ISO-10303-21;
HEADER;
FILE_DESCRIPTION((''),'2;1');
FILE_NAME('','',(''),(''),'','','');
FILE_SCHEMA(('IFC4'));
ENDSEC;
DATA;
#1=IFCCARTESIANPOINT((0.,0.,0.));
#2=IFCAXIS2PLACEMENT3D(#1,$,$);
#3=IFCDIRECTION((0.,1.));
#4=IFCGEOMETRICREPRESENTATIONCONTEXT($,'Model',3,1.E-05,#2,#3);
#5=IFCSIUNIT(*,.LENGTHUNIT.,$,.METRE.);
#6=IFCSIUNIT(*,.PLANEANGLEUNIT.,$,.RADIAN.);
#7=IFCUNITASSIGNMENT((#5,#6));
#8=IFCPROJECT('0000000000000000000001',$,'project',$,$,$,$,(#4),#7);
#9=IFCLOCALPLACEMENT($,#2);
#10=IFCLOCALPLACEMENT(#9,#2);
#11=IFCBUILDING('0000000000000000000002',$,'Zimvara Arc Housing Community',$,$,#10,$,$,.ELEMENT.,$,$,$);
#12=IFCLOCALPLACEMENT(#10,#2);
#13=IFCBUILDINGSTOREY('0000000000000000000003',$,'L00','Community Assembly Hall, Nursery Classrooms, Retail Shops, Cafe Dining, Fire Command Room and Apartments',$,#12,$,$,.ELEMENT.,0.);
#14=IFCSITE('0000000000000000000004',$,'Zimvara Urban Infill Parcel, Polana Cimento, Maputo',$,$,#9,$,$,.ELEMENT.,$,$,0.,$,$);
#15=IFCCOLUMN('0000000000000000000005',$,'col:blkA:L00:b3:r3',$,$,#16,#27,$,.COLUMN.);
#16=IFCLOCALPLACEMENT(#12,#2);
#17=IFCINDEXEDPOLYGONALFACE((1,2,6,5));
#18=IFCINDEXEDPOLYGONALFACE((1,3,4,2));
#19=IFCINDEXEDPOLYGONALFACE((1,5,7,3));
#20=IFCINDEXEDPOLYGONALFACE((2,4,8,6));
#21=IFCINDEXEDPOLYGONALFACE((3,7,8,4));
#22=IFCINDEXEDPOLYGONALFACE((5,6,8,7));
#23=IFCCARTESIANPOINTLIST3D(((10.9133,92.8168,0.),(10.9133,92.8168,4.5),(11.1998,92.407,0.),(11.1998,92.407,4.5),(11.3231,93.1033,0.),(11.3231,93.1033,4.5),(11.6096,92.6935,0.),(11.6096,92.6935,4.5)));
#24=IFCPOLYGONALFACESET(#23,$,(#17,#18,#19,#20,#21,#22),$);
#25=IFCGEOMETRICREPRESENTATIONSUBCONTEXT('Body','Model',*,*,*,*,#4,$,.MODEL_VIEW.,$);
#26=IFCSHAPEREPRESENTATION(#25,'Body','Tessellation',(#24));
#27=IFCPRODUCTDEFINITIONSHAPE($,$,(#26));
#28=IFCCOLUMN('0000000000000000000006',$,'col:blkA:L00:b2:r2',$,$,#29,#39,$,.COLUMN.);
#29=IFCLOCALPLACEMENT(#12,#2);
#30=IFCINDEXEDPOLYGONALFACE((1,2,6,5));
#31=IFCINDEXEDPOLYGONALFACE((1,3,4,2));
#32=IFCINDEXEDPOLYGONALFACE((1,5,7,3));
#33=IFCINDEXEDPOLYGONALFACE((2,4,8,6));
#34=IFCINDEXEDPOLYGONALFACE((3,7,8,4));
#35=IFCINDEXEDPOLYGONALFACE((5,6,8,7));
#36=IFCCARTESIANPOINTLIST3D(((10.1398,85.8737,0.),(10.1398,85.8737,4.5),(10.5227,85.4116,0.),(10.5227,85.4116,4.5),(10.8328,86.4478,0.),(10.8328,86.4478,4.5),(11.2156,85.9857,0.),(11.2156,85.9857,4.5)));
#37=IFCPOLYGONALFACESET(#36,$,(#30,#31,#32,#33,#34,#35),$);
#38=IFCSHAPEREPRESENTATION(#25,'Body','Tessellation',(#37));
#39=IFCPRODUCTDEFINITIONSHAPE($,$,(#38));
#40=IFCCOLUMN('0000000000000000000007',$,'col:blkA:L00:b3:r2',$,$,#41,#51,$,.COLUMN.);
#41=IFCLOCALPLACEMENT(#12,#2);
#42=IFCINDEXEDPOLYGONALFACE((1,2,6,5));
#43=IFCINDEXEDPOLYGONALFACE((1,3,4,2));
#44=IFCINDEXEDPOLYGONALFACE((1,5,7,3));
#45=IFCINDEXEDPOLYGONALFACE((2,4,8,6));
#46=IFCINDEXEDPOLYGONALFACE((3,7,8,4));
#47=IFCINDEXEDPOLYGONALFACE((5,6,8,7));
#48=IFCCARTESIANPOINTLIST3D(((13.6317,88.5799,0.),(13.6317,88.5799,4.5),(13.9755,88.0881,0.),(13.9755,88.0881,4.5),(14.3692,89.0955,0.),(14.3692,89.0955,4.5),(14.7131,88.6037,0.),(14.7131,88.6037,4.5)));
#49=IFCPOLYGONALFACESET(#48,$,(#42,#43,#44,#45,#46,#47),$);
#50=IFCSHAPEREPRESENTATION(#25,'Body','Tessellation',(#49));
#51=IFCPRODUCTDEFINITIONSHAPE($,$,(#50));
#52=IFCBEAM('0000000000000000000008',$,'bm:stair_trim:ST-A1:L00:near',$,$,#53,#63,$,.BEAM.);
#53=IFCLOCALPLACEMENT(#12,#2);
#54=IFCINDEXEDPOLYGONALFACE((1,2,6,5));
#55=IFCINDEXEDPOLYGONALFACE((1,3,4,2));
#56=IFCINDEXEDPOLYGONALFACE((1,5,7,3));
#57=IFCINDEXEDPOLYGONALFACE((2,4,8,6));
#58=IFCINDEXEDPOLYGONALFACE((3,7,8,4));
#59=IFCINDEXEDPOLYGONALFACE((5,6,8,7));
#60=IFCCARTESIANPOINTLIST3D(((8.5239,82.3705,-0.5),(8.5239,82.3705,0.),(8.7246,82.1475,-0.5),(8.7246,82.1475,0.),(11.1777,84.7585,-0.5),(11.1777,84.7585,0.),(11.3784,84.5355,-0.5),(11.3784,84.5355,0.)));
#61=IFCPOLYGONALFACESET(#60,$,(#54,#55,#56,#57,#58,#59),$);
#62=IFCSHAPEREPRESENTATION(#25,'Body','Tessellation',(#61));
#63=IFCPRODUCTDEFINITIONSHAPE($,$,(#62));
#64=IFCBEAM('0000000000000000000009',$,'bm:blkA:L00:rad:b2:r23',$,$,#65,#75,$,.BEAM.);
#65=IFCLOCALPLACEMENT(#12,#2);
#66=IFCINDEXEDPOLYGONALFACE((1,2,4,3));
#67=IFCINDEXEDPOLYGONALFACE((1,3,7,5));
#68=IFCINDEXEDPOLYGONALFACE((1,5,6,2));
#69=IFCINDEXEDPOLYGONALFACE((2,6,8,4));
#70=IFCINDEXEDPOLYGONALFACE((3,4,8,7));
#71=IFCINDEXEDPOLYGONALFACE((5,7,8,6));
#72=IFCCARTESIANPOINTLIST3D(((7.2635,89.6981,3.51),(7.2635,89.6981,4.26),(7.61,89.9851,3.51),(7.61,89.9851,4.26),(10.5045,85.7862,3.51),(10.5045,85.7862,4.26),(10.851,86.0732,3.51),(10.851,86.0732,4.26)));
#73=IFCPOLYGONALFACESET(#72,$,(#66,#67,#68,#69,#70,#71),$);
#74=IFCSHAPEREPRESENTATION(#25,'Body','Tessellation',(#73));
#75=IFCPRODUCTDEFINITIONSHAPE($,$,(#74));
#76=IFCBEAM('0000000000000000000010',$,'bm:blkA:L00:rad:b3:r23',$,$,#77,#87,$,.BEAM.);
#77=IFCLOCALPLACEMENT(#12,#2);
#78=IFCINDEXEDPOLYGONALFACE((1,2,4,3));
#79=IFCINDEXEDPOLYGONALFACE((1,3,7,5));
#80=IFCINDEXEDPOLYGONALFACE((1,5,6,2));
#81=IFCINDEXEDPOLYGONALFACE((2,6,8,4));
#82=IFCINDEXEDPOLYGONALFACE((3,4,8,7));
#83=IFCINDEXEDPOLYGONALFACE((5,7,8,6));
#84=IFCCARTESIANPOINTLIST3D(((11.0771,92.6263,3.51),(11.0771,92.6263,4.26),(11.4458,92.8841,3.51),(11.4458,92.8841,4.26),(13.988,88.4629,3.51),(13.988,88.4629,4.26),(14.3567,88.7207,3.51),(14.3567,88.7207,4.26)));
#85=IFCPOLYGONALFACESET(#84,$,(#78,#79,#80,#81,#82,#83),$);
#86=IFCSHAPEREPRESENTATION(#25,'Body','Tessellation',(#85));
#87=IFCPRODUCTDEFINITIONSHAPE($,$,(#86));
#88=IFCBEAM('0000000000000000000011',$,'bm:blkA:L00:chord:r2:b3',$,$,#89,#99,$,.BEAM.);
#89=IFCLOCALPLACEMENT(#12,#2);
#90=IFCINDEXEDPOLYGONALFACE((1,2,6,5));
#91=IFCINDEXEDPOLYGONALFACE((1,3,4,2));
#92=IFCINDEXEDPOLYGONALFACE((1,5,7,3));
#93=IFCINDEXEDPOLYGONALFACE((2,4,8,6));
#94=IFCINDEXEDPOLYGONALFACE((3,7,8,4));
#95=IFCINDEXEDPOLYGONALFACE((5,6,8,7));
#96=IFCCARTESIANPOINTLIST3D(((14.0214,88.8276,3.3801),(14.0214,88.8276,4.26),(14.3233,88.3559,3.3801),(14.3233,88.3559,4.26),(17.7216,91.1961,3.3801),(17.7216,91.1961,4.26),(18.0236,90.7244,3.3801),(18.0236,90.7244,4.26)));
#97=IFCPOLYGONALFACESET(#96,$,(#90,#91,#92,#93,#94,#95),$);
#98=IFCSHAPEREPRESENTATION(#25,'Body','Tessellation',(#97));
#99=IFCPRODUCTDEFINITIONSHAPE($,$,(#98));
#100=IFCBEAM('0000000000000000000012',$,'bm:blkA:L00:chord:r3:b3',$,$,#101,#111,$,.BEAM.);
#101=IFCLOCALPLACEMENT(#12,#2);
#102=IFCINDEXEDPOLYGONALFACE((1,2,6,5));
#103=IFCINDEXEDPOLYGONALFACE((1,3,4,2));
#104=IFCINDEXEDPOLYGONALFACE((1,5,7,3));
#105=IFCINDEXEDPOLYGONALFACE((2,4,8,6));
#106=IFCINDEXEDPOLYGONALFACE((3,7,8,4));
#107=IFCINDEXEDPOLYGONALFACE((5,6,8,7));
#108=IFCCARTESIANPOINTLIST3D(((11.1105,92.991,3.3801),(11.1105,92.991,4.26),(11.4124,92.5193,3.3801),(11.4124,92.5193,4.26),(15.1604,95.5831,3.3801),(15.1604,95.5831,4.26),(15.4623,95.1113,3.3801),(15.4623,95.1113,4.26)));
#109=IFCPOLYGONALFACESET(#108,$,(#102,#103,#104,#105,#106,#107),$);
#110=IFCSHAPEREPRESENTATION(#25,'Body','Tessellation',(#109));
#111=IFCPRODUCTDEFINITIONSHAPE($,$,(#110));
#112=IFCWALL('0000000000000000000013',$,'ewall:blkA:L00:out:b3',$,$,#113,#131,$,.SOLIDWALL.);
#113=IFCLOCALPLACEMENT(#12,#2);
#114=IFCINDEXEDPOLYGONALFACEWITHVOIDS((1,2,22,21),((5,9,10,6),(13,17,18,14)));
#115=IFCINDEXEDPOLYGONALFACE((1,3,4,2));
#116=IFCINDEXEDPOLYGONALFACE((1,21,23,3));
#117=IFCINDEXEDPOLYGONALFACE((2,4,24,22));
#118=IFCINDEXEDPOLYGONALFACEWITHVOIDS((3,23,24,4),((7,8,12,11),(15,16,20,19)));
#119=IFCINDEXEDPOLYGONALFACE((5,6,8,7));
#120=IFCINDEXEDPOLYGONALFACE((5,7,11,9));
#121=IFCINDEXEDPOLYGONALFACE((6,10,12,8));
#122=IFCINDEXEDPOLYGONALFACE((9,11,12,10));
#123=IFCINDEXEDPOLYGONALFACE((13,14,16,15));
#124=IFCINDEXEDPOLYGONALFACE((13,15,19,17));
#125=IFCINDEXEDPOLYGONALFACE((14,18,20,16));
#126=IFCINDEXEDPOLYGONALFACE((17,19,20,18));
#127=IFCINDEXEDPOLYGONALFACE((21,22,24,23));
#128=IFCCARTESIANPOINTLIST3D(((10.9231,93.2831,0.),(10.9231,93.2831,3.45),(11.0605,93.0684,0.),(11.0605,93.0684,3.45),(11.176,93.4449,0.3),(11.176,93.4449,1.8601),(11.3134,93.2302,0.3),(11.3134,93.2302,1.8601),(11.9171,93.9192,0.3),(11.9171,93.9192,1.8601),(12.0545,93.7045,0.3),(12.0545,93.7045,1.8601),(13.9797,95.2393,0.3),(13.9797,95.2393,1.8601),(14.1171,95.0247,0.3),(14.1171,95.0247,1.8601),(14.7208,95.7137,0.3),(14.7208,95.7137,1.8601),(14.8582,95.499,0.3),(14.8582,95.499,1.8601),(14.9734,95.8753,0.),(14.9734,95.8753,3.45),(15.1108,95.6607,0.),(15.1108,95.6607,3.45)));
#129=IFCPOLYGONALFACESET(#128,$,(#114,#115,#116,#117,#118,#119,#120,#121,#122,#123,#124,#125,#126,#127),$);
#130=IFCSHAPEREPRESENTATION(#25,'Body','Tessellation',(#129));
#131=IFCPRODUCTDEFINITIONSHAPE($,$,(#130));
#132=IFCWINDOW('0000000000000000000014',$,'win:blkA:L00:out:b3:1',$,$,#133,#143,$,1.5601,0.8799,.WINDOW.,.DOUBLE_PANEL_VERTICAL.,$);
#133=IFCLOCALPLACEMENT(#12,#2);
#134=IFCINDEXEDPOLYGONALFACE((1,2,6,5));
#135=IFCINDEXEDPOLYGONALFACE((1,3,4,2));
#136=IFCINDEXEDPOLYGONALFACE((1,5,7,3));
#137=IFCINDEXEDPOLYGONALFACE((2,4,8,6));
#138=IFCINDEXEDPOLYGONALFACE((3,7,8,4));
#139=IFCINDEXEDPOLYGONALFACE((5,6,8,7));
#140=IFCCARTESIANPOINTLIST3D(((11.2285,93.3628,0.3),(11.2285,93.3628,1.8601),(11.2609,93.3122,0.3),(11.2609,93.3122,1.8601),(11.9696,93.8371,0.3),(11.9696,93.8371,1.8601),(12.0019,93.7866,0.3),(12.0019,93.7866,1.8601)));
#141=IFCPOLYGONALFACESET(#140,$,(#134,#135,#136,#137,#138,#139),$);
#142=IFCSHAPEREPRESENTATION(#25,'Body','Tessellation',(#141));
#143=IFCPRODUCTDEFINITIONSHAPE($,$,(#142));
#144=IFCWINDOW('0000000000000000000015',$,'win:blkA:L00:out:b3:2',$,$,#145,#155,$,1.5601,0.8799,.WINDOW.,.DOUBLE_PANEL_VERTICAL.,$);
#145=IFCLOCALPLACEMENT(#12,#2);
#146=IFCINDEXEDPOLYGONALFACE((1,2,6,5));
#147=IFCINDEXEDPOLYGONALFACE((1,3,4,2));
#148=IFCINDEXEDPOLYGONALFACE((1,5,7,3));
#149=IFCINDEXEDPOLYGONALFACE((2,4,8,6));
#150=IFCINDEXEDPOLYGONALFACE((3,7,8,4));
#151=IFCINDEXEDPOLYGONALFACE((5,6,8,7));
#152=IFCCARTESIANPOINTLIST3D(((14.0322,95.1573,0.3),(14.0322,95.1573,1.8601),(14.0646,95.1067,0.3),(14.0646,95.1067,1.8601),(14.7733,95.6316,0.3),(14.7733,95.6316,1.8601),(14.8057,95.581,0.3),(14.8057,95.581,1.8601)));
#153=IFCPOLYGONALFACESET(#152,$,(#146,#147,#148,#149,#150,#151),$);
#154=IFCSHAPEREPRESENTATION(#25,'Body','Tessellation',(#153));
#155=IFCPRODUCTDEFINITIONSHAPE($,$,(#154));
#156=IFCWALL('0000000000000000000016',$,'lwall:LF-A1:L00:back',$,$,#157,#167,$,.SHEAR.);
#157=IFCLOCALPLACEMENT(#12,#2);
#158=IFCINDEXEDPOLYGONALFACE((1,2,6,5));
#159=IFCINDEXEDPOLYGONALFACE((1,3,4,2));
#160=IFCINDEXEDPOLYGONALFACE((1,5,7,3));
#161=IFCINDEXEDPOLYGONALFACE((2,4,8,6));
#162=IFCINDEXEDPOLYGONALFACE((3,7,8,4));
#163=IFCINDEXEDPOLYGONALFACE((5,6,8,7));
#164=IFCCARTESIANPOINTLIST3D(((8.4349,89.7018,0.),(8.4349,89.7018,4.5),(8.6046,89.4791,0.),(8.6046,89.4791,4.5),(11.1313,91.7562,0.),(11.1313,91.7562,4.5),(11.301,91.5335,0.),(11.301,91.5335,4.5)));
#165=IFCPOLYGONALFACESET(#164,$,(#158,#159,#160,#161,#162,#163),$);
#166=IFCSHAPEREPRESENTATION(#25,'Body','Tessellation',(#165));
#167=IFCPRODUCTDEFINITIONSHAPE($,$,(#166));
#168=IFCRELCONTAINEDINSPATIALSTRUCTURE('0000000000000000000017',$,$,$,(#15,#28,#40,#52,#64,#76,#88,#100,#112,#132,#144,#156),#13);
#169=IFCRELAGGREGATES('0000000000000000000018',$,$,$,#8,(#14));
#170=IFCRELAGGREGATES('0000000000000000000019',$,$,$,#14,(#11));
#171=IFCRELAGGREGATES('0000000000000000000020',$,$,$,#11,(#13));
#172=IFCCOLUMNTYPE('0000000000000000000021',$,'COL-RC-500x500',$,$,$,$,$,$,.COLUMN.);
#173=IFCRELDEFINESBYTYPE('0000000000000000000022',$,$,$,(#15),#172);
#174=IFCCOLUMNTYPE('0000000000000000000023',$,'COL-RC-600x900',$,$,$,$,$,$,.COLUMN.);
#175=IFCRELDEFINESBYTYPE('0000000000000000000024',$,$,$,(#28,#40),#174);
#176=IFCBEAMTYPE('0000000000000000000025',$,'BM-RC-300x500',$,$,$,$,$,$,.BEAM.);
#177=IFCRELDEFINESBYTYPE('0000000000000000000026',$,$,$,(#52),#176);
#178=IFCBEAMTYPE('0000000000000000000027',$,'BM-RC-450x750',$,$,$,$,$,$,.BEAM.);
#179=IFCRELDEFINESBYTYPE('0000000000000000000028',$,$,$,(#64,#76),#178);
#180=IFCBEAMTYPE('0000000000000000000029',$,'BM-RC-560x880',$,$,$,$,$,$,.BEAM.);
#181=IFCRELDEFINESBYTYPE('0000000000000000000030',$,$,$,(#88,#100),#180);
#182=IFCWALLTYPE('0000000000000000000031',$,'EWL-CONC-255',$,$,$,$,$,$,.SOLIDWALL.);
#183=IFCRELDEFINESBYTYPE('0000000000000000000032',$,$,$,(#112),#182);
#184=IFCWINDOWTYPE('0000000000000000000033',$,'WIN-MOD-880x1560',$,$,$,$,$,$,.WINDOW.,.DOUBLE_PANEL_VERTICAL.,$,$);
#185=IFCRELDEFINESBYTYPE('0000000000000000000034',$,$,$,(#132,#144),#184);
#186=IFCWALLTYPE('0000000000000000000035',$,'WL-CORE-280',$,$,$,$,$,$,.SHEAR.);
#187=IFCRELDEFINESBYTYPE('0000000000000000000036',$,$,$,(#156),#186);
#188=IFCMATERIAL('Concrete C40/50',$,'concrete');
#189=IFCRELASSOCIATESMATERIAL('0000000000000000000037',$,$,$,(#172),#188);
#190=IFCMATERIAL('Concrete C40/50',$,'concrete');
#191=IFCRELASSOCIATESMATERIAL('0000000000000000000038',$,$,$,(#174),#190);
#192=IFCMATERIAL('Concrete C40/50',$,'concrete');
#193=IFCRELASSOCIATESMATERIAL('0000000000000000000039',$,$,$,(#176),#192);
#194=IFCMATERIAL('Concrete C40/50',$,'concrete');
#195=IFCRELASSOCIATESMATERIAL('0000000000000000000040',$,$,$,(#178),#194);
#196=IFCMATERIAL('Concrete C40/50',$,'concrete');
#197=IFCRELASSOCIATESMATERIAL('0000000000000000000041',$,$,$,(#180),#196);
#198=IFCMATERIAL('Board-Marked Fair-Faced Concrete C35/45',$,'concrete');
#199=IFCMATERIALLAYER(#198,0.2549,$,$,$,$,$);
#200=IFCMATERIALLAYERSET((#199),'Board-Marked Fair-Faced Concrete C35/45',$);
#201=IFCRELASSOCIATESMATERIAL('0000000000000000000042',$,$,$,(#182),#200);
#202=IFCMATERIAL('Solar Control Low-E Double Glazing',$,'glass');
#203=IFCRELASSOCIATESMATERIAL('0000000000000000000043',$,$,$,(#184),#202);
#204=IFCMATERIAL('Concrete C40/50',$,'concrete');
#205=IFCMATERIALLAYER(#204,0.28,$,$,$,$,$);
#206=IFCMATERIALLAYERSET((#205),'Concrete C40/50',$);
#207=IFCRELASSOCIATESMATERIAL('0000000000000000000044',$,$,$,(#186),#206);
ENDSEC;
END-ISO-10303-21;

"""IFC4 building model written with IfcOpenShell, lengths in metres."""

from ifc_helpers import new_model, si_unit, direction, frame, frame_2d, origin, origin_2d, place, context, subcontext, project, spatial, rectangle, extrude, material, layer, layer_set, material_profile, profile_set, type_object, element, fill, save


model = new_model("IFC4")

# Units and contexts
model_context = context("Model", 3, precision=1e-05, world=origin(), true_north=direction((0.0, 1.0)))
body_context = subcontext(model_context, "Body", "Model", "MODEL_VIEW")
ifc_project = project(units=[si_unit("LENGTHUNIT", "METRE"), si_unit("PLANEANGLEUNIT", "RADIAN")], contexts=[model_context])

# Site, building, storey
site_placement = place(None, origin())
site = spatial("IfcSite", under=ifc_project, at=site_placement, Name="Zimvara Urban Infill Parcel, Polana Cimento, Maputo", CompositionType="ELEMENT", RefElevation=0.0)
building_placement = place(site_placement, origin())
building = spatial("IfcBuilding", under=site, at=building_placement, Name="Zimvara Arc Housing Community", CompositionType="ELEMENT")
storey_placement = place(building_placement, origin())
storey = spatial("IfcBuildingStorey", under=building, at=storey_placement, Name="L00", Description="Community Assembly Hall, Nursery Classrooms, Retail Shops, Cafe Dining, Fire Command Room and Apartments", CompositionType="ELEMENT", Elevation=0.0)

# Columns
ifc_material_1 = material(Name="Concrete C40/50", Category="concrete")
ifc_material_profile_1 = material_profile(ifc_material_1, rectangle(XDim=0.5, YDim=0.5, at=origin_2d()), Name="RC 500x500")
ifc_profile_set_1 = profile_set([ifc_material_profile_1], Name="Concrete C40/50")
column_type_1 = type_object("IfcColumnType", Name="COL-RC-500x500", PredefinedType="COLUMN", material=ifc_profile_set_1)
column_placement = place(storey_placement, frame((11.2615, 92.7551, 0.0), z_axis=(0.0, 0.0, 1.0), x_axis=(-0.573004, 0.819552, 0.0)))
element("IfcColumn", 1, at=column_placement, inside=storey, type_object=column_type_1, Name="col:blkA:L00:b3:r3", PredefinedType="COLUMN", context=body_context, shape_type="SweptSolid", body=[
    extrude(rectangle(XDim=0.5, YDim=0.5, at=origin_2d()), origin(), (0.0, 0.0, 1.0), 4.5),
])
ifc_material_2 = material(Name="Concrete C40/50", Category="concrete")
ifc_material_profile_2 = material_profile(ifc_material_2, rectangle(XDim=0.6001, YDim=0.8999, at=origin_2d()), Name="RC 600x900")
ifc_profile_set_2 = profile_set([ifc_material_profile_2], Name="Concrete C40/50")
column_type_2 = type_object("IfcColumnType", Name="COL-RC-600x900", PredefinedType="COLUMN", material=ifc_profile_set_2)
for number, where, z_axis, x_axis, name in (
    (2, (10.6777, 85.9297, 0.0), (0.0, 0.0, 1.0), (-0.637962, 0.770068, 0.0), "col:blkA:L00:b2:r2"),
    (3, (14.1724, 88.5918, 0.0), (0.0, 0.0, 1.0), (-0.573004, 0.819552, 0.0), "col:blkA:L00:b3:r2"),
):
    element("IfcColumn", number, at=place(storey_placement, frame(where, z_axis=z_axis, x_axis=x_axis)), inside=storey, type_object=column_type_2, Name=name, PredefinedType="COLUMN", context=body_context, shape_type="SweptSolid", body=[
        extrude(rectangle(XDim=0.6001, YDim=0.8999, at=origin_2d()), origin(), (0.0, 0.0, 1.0), 4.5),
    ])

# Beams
ifc_material_3 = material(Name="Concrete C40/50", Category="concrete")
ifc_material_profile_3 = material_profile(ifc_material_3, rectangle(XDim=0.3, YDim=0.5, at=origin_2d()), Name="RC 300x500")
ifc_profile_set_3 = profile_set([ifc_material_profile_3], Name="Concrete C40/50")
beam_type_1 = type_object("IfcBeamType", Name="BM-RC-300x500", PredefinedType="BEAM", material=ifc_profile_set_3)
beam_1_placement = place(storey_placement, frame((11.2781, 84.647, -0.25), z_axis=(-0.743362, -0.668889, 0.0), x_axis=(0.668889, -0.743362, 0.0)))
element("IfcBeam", 4, at=beam_1_placement, inside=storey, type_object=beam_type_1, Name="bm:stair_trim:ST-A1:L00:near", PredefinedType="BEAM", context=body_context, shape_type="SweptSolid", body=[
    extrude(rectangle(XDim=0.3, YDim=0.5, at=origin_2d()), origin(), (0.0, 0.0, 1.0), 3.5701),
])
ifc_material_4 = material(Name="Concrete C40/50", Category="concrete")
ifc_material_profile_4 = material_profile(ifc_material_4, rectangle(XDim=0.45, YDim=0.75, at=origin_2d()), Name="RC 450x750")
ifc_profile_set_4 = profile_set([ifc_material_profile_4], Name="Concrete C40/50")
beam_type_2 = type_object("IfcBeamType", Name="BM-RC-450x750", PredefinedType="BEAM", material=ifc_profile_set_4)
for number, where, z_axis, x_axis, name in (
    (5, (10.6777, 85.9297, 3.885), (-0.637984, 0.77005, 0.0), (-0.77005, -0.637984, 0.0), "bm:blkA:L00:rad:b2:r23"),
    (6, (14.1724, 88.5918, 3.885), (-0.573007, 0.81955, 0.0), (-0.81955, -0.573007, 0.0), "bm:blkA:L00:rad:b3:r23"),
):
    element("IfcBeam", number, at=place(storey_placement, frame(where, z_axis=z_axis, x_axis=x_axis)), inside=storey, type_object=beam_type_2, Name=name, PredefinedType="BEAM", context=body_context, shape_type="SweptSolid", body=[
        extrude(rectangle(XDim=0.45, YDim=0.75, at=origin_2d()), origin(), (0.0, 0.0, 1.0), 5.0801),
    ])
ifc_material_5 = material(Name="Concrete C40/50", Category="concrete")
ifc_material_profile_5 = material_profile(ifc_material_5, rectangle(XDim=0.5601, YDim=0.8799, at=origin_2d()), Name="RC 560x880")
ifc_profile_set_5 = profile_set([ifc_material_profile_5], Name="Concrete C40/50")
beam_type_3 = type_object("IfcBeamType", Name="BM-RC-560x880", PredefinedType="BEAM", material=ifc_profile_set_5)
beam_2_placement = place(storey_placement, frame((14.1724, 88.5918, 3.8201), z_axis=(0.842242, 0.539099, 0.0), x_axis=(-0.539099, 0.842242, 0.0)))
element("IfcBeam", 7, at=beam_2_placement, inside=storey, type_object=beam_type_3, Name="bm:blkA:L00:chord:r2:b3", PredefinedType="BEAM", context=body_context, shape_type="SweptSolid", body=[
    extrude(rectangle(XDim=0.5601, YDim=0.8799, at=origin_2d()), origin(), (0.0, 0.0, 1.0), 4.3933),
])
beam_3_placement = place(storey_placement, frame((11.2615, 92.7551, 3.8201), z_axis=(0.842256, 0.539078, 0.0), x_axis=(-0.539078, 0.842256, 0.0)))
element("IfcBeam", 8, at=beam_3_placement, inside=storey, type_object=beam_type_3, Name="bm:blkA:L00:chord:r3:b3", PredefinedType="BEAM", context=body_context, shape_type="SweptSolid", body=[
    extrude(rectangle(XDim=0.5601, YDim=0.8799, at=origin_2d()), origin(), (0.0, 0.0, 1.0), 4.8083),
])

# Wall, openings, windows
ifc_material_6 = material(Name="Board-Marked Fair-Faced Concrete C35/45", Category="concrete")
ifc_layer_1 = layer(ifc_material_6, 0.2549)
ifc_layer_set_1 = layer_set([ifc_layer_1], Name="Board-Marked Fair-Faced Concrete C35/45")
wall_type_1 = type_object("IfcWallType", Name="EWL-CONC-255", PredefinedType="SOLIDWALL", material=ifc_layer_set_1)
wall_1_placement = place(storey_placement, frame((10.9919, 93.1758, 0.0), z_axis=(0.0, 0.0, 1.0), x_axis=(0.842262, 0.539068, 0.0)))
wall_1 = element("IfcWall", 9, at=wall_1_placement, inside=storey, type_object=wall_type_1, Name="ewall:blkA:L00:out:b3", PredefinedType="SOLIDWALL", context=body_context, shape_type="SweptSolid", body=[
    extrude(rectangle(XDim=4.8088, YDim=0.2549, at=frame_2d((2.4043, 0.0))), origin(), (0.0, 0.0, 1.0), 3.45),
])
opening_1_placement = place(wall_1_placement, frame((0.3, 0.0, 0.3)))
opening_1 = element("IfcOpeningElement", 10, at=opening_1_placement, cuts=wall_1, PredefinedType="OPENING", context=body_context, shape_type="SweptSolid", body=[
    extrude(rectangle(XDim=0.8799, YDim=1.5601, at=frame_2d((0.4399, 0.78))), frame((0.0, 0.1375, 0.0), z_axis=(0.0, -1.0, 0.0), x_axis=(1.0, 0.0, 0.0)), (0.0, 0.0, 1.0), 0.2749),
])
opening_2_placement = place(wall_1_placement, frame((3.6289, 0.0, 0.3)))
opening_2 = element("IfcOpeningElement", 11, at=opening_2_placement, cuts=wall_1, PredefinedType="OPENING", context=body_context, shape_type="SweptSolid", body=[
    extrude(rectangle(XDim=0.8799, YDim=1.5601, at=frame_2d((0.4399, 0.78))), frame((0.0, 0.1375, 0.0), z_axis=(0.0, -1.0, 0.0), x_axis=(1.0, 0.0, 0.0)), (0.0, 0.0, 1.0), 0.2749),
])
ifc_material_7 = material(Name="Solar Control Low-E Double Glazing", Category="glass")
window_type = type_object("IfcWindowType", Name="WIN-MOD-880x1560", PartitioningType="DOUBLE_PANEL_VERTICAL", PredefinedType="WINDOW", material=ifc_material_7)
window_1_placement = place(opening_1_placement, origin())
window_1 = element("IfcWindow", 12, at=window_1_placement, inside=storey, type_object=window_type, Name="win:blkA:L00:out:b3:1", OverallHeight=1.5601, OverallWidth=0.8799, PartitioningType="DOUBLE_PANEL_VERTICAL", PredefinedType="WINDOW", context=body_context, shape_type="SweptSolid", body=[
    extrude(rectangle(XDim=0.8799, YDim=1.5601, at=frame_2d((0.4399, 0.78))), frame((0.0, 0.03, 0.0), z_axis=(0.0, -1.0, 0.0), x_axis=(1.0, 0.0, 0.0)), (0.0, 0.0, 1.0), 0.0601),
])
fill(opening_1, window_1)
window_2_placement = place(opening_2_placement, origin())
window_2 = element("IfcWindow", 13, at=window_2_placement, inside=storey, type_object=window_type, Name="win:blkA:L00:out:b3:2", OverallHeight=1.5601, OverallWidth=0.8799, PartitioningType="DOUBLE_PANEL_VERTICAL", PredefinedType="WINDOW", context=body_context, shape_type="SweptSolid", body=[
    extrude(rectangle(XDim=0.8799, YDim=1.5601, at=frame_2d((0.4399, 0.78))), frame((0.0, 0.03, 0.0), z_axis=(0.0, -1.0, 0.0), x_axis=(1.0, 0.0, 0.0)), (0.0, 0.0, 1.0), 0.0601),
])
fill(opening_2, window_2)

# Shared definitions
ifc_material_8 = material(Name="Concrete C40/50", Category="concrete")
ifc_layer_2 = layer(ifc_material_8, 0.28)
ifc_layer_set_2 = layer_set([ifc_layer_2], Name="Concrete C40/50")
wall_type_2 = type_object("IfcWallType", Name="WL-CORE-280", PredefinedType="SHEAR", material=ifc_layer_set_2)

# Wall
wall_2_placement = place(storey_placement, frame((11.2161, 91.6448, 0.0), z_axis=(0.0, 0.0, 1.0), x_axis=(-0.79544, -0.606032, 0.0)))
element("IfcWall", 14, at=wall_2_placement, inside=storey, type_object=wall_type_2, Name="lwall:LF-A1:L00:back", PredefinedType="SHEAR", context=body_context, shape_type="SweptSolid", body=[
    extrude(rectangle(XDim=3.3899, YDim=0.28, at=frame_2d((1.6948, 0.0))), origin(), (0.0, 0.0, 1.0), 4.5),
])

save(model, "model.ifc")
